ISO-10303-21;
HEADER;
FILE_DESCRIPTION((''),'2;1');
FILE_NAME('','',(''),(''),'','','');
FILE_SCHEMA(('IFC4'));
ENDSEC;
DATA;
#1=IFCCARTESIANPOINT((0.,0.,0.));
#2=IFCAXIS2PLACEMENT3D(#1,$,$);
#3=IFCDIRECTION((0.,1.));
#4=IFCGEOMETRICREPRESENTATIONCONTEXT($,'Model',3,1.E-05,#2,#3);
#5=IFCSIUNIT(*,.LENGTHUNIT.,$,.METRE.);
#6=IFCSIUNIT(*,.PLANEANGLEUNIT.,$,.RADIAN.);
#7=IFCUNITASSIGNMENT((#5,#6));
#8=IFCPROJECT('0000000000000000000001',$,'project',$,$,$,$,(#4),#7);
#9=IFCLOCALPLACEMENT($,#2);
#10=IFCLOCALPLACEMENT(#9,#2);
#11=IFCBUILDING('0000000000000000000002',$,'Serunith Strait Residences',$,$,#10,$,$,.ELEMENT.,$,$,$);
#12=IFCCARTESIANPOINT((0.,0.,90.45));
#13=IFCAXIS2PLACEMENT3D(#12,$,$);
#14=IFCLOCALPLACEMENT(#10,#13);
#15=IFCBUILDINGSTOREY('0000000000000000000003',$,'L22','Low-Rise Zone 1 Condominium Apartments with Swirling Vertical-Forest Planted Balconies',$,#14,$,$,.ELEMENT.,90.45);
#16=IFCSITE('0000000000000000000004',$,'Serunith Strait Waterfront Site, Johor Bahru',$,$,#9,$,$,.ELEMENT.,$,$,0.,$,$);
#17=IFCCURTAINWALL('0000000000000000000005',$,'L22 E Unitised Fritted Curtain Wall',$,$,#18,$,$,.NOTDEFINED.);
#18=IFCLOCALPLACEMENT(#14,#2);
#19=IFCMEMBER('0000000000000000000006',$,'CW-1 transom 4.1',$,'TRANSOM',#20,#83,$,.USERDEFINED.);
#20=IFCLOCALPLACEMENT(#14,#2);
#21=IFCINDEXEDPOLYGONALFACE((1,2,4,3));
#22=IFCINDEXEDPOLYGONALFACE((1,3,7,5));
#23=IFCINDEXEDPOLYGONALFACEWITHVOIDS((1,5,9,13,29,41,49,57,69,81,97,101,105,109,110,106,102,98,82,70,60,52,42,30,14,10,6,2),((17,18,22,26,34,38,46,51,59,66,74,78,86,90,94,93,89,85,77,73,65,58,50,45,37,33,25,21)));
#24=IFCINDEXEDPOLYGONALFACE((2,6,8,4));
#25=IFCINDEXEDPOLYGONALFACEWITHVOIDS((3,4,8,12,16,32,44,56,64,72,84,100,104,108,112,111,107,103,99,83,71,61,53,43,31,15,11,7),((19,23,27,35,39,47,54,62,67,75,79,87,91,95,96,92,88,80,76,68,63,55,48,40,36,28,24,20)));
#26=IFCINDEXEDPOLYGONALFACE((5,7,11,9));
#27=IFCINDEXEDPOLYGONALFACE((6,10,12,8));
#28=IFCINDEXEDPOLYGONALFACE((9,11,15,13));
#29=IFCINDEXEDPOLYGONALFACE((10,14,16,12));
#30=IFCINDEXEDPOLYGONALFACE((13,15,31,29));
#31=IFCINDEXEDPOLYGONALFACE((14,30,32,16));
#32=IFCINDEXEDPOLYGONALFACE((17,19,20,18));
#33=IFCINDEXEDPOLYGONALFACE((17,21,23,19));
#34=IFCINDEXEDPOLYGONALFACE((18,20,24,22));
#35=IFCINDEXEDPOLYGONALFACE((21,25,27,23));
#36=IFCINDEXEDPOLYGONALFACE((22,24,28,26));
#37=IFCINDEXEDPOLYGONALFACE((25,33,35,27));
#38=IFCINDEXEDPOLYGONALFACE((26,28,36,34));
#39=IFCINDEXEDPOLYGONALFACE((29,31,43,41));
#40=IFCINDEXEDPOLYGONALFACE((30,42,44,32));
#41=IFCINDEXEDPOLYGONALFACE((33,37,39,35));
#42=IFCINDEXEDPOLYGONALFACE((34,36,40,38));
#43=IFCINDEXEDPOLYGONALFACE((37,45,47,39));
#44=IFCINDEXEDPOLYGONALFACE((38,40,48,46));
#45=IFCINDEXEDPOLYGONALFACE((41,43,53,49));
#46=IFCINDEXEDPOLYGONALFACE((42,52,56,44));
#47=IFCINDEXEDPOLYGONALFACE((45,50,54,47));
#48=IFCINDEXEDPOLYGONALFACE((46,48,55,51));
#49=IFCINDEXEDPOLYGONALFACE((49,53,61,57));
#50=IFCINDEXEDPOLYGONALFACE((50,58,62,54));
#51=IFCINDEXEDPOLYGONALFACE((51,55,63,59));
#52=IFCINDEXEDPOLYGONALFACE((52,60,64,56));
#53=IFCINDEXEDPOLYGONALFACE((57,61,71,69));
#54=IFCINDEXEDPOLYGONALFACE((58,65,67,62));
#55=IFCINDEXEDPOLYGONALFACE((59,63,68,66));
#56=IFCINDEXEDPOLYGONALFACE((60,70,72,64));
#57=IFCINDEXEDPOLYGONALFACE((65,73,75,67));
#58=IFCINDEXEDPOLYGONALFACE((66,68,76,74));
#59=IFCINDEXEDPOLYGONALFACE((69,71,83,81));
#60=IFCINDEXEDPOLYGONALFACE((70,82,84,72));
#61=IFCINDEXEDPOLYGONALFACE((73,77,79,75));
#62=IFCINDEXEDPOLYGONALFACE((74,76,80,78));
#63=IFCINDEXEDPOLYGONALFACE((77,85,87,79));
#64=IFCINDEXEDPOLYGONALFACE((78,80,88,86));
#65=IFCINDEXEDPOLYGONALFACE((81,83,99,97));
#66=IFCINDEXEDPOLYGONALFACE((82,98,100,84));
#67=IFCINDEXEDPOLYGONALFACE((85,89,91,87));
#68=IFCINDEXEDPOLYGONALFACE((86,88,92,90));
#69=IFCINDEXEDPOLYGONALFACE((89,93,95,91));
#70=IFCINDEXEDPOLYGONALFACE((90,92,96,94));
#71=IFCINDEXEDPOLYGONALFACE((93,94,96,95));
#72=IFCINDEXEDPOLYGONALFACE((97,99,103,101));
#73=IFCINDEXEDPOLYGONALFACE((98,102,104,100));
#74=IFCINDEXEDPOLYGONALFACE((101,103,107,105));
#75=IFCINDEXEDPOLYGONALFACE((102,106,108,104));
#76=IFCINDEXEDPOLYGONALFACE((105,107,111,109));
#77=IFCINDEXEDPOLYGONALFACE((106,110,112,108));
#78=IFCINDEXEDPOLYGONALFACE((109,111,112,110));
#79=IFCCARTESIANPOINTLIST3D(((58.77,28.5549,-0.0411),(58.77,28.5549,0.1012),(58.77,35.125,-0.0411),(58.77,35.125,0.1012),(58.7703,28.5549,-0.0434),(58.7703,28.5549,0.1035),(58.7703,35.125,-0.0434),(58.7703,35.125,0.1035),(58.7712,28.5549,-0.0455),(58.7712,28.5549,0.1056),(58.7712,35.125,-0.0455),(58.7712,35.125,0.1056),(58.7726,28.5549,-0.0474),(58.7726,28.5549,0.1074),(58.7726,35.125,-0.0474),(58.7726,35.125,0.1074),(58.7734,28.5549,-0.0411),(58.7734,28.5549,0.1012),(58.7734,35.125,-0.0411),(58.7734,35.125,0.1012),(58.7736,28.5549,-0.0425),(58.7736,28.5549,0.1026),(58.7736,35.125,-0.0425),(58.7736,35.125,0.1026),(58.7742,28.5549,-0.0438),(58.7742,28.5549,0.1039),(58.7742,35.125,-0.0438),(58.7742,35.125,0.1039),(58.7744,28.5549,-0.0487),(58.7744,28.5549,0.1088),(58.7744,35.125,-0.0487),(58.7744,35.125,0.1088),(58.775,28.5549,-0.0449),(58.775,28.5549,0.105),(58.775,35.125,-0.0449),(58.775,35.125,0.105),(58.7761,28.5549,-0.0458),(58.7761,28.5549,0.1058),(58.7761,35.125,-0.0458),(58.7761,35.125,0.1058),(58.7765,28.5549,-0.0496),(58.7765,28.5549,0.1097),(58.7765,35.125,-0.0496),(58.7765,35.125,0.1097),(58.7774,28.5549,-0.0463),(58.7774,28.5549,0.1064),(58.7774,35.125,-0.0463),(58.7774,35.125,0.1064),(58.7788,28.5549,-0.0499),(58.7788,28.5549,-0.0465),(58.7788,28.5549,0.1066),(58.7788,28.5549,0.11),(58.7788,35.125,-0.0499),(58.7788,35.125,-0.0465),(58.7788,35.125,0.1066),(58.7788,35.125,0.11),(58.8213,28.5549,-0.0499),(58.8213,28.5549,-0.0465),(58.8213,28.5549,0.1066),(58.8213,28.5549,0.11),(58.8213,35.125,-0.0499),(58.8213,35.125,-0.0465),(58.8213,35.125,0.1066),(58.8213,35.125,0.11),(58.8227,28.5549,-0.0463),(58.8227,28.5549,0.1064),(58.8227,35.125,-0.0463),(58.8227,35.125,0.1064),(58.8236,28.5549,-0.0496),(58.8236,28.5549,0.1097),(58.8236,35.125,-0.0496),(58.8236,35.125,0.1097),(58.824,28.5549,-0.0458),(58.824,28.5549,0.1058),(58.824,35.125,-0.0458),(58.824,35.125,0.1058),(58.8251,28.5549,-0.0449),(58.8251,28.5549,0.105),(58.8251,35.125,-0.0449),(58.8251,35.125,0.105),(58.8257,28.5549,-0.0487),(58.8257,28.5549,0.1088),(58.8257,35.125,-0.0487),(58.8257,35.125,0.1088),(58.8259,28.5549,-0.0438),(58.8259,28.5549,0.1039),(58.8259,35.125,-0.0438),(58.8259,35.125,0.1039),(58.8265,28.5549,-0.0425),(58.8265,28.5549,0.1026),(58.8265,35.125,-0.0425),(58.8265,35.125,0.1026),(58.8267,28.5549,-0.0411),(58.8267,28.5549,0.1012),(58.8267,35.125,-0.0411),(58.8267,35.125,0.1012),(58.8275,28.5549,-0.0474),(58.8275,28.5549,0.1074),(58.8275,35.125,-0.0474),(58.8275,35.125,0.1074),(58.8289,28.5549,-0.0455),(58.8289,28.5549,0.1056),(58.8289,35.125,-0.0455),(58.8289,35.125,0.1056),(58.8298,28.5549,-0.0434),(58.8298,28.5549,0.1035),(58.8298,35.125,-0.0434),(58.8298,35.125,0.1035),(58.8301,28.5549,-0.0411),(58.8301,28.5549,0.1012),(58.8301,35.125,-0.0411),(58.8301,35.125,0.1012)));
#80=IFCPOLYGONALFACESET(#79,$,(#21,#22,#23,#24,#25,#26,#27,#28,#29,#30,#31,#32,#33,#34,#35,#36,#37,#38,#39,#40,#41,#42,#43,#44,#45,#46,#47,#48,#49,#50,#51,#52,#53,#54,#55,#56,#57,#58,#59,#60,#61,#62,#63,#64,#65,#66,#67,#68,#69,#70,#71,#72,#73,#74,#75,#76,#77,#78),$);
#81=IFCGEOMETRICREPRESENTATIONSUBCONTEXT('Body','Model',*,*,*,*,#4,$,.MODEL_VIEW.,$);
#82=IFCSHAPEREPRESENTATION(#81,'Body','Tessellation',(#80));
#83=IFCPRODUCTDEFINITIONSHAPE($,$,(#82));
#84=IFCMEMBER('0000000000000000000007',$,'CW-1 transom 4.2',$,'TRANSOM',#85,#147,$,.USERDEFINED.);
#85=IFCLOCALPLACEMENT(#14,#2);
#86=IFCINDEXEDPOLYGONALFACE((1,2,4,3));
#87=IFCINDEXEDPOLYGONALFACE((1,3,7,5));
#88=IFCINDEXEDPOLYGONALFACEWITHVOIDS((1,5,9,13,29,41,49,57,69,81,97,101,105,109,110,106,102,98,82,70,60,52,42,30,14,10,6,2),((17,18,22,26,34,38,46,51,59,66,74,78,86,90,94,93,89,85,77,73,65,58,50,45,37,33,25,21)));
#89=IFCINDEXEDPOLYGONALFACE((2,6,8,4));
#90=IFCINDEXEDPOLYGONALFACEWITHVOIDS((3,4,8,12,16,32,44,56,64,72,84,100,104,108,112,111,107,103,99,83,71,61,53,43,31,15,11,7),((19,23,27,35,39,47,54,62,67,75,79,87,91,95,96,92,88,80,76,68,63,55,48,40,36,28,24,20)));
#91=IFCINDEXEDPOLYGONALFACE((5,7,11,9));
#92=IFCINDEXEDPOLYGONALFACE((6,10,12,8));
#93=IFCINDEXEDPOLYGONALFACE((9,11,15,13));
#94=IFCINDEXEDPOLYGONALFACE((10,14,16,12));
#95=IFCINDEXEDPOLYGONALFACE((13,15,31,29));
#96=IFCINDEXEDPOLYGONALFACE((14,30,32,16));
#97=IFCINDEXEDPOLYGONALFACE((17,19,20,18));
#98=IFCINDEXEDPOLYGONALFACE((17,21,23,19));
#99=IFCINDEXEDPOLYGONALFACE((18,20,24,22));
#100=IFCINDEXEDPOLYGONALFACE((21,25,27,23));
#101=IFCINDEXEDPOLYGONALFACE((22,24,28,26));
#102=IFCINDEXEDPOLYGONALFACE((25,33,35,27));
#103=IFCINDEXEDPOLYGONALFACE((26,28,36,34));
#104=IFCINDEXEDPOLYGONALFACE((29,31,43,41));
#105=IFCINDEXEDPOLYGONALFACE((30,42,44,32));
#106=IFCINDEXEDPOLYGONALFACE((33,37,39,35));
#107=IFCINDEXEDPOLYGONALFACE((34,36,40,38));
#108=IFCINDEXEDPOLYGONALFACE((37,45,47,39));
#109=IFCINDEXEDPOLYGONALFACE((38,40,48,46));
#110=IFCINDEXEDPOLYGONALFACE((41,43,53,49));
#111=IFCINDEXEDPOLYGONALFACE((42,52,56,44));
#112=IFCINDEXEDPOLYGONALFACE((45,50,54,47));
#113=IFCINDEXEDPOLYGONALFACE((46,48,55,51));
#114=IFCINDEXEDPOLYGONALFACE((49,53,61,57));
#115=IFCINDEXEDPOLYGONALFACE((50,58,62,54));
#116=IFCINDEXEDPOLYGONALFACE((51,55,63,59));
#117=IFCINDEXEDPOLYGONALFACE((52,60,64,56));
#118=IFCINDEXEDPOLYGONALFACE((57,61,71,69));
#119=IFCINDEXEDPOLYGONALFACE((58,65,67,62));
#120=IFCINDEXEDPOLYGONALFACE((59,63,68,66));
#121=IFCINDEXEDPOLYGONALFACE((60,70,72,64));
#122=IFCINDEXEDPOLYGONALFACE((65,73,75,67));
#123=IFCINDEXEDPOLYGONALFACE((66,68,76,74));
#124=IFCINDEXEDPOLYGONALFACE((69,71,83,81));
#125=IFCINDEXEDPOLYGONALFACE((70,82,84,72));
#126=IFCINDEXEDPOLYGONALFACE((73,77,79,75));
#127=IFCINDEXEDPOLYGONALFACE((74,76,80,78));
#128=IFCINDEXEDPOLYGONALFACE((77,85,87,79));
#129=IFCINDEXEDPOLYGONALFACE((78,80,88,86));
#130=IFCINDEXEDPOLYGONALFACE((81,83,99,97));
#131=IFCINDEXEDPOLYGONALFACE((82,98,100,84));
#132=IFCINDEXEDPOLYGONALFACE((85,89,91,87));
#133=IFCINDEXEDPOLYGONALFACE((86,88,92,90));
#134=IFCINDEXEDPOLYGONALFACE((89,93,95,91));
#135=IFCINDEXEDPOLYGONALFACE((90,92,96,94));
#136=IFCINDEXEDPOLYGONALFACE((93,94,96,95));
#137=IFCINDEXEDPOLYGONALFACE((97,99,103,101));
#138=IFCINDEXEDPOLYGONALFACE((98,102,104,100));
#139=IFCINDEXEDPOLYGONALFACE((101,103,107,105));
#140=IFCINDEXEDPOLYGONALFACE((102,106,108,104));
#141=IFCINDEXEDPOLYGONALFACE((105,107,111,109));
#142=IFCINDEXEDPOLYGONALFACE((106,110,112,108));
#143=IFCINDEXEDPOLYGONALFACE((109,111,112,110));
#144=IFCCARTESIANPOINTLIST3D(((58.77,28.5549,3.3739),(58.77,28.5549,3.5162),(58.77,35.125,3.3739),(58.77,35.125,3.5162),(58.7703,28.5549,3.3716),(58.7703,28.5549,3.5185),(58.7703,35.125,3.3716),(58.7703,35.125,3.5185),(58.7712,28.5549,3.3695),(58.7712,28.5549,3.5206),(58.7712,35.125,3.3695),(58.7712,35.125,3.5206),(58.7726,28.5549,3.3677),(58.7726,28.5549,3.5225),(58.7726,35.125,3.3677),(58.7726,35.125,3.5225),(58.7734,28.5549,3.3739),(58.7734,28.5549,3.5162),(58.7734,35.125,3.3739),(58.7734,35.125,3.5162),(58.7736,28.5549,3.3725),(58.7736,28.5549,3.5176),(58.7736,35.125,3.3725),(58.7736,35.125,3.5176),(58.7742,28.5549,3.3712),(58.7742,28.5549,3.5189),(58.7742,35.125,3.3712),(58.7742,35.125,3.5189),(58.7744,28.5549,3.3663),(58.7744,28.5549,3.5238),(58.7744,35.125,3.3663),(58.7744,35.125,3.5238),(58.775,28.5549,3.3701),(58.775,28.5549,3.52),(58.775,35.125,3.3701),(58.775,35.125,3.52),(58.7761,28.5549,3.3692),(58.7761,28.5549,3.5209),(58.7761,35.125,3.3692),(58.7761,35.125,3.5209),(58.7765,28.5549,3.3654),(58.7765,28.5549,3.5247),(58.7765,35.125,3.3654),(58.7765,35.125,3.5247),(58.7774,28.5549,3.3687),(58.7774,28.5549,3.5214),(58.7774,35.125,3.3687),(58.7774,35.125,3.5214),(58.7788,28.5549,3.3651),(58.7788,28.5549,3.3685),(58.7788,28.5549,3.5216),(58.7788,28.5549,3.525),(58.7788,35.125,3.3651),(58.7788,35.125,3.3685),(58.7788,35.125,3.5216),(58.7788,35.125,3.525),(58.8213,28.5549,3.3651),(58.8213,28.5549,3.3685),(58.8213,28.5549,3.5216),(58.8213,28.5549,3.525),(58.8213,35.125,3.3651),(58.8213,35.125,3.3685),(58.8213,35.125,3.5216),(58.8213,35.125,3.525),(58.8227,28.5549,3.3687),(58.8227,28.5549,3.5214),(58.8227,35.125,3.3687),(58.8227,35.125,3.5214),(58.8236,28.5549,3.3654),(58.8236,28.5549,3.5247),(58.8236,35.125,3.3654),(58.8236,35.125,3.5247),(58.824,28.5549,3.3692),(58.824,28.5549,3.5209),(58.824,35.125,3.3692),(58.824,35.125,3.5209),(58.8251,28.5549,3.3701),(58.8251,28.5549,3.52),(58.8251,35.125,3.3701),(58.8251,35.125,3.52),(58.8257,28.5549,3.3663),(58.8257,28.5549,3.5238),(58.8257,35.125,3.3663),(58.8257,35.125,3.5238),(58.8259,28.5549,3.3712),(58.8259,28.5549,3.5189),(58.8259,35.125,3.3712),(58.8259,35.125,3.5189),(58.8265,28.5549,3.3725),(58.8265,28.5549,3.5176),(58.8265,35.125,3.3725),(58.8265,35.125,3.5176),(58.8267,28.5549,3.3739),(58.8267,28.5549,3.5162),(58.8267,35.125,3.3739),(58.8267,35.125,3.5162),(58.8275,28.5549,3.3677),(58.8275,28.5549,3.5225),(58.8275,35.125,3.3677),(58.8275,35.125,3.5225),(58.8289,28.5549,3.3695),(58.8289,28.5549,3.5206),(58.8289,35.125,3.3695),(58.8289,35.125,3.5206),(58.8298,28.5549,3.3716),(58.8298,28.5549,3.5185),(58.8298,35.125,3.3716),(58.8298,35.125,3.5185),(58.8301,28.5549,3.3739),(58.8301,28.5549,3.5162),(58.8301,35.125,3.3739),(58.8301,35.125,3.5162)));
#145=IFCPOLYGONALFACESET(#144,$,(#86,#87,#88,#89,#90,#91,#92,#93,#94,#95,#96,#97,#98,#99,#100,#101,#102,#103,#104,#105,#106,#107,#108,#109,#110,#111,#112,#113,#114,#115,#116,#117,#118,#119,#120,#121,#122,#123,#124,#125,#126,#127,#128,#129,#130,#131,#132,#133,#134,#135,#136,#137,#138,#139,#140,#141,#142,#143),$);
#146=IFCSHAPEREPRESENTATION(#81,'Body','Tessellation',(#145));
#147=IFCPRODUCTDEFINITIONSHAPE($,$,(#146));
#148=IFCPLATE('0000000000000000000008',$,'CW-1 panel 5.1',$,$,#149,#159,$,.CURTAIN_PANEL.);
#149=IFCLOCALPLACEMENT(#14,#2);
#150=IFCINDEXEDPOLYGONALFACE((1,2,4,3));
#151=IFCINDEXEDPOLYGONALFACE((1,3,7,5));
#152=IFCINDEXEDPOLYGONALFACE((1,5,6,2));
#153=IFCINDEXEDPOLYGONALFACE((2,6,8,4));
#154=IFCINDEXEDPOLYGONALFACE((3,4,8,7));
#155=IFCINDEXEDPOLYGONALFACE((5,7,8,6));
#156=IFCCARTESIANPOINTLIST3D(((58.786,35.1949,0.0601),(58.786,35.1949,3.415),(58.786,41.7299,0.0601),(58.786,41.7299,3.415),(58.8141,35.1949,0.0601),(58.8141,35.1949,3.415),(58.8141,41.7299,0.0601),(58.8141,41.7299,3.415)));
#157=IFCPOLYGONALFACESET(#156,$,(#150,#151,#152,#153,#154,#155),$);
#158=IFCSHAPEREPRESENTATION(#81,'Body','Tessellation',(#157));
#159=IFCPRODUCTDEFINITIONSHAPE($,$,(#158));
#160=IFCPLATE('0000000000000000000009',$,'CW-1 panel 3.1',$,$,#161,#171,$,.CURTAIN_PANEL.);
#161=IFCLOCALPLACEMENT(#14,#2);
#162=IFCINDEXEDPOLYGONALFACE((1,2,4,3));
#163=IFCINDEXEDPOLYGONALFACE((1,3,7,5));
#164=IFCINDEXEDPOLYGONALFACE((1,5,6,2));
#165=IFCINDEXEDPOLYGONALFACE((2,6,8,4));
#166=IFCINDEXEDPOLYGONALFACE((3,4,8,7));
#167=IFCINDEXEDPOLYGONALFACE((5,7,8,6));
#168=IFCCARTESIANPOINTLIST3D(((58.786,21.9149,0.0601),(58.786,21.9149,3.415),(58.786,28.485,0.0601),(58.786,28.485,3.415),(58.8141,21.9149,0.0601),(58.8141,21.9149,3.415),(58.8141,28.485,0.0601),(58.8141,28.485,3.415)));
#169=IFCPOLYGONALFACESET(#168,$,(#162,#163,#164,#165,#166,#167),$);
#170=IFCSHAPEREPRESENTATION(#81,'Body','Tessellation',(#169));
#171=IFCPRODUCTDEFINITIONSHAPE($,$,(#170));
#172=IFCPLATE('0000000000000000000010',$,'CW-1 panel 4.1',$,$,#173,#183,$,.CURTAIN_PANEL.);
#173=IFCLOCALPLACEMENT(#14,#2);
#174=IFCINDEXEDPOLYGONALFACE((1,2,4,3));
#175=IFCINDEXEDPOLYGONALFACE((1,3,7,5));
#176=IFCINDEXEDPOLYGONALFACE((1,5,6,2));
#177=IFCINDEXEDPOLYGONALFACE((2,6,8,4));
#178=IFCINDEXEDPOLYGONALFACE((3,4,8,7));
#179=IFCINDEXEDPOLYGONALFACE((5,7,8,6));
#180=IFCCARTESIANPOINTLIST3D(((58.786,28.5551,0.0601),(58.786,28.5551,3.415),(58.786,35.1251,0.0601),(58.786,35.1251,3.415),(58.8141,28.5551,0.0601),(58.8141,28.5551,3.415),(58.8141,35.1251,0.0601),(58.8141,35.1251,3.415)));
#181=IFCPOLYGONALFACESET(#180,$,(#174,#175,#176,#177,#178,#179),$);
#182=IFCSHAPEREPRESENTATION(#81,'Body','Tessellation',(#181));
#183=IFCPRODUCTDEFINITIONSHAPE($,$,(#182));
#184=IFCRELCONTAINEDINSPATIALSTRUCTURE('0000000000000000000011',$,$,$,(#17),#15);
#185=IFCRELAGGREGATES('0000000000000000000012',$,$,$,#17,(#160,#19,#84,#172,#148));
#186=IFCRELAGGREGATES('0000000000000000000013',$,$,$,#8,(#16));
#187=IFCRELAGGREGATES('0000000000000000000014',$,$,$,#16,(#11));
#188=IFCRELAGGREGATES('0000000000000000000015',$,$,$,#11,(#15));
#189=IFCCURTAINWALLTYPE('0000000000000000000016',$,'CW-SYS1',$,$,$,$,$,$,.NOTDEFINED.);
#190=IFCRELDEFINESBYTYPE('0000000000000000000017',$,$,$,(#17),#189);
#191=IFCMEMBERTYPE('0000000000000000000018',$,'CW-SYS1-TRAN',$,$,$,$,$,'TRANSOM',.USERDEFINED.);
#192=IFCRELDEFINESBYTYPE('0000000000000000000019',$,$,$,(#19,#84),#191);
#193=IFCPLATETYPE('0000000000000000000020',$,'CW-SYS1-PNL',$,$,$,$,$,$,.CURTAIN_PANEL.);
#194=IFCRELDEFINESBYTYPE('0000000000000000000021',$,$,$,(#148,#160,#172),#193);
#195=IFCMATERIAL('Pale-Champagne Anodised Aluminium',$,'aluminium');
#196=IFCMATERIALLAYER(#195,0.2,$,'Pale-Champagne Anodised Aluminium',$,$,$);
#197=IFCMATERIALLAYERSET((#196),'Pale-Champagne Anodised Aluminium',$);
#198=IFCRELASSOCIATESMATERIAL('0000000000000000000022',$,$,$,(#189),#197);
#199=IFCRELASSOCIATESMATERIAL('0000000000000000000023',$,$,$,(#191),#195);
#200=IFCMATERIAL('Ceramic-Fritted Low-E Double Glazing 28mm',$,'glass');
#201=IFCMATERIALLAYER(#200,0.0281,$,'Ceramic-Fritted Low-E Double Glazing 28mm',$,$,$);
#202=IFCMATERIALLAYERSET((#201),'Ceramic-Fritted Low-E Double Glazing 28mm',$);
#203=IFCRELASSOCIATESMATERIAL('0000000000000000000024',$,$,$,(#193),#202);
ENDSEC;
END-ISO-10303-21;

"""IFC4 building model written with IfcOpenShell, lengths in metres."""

from ifc_helpers import new_model, si_unit, direction, frame, origin, origin_2d, place, context, subcontext, project, spatial, rectangle, hollow_rectangle, extrude, source, transform, mapped, material, layer, layer_set, material_profile, profile_set, type_object, element, aggregate, save


model = new_model("IFC4")

# Units and contexts
model_context = context("Model", 3, precision=1e-05, world=origin(), true_north=direction((0.0, 1.0)))
body_context = subcontext(model_context, "Body", "Model", "MODEL_VIEW")
ifc_project = project(units=[si_unit("LENGTHUNIT", "METRE"), si_unit("PLANEANGLEUNIT", "RADIAN")], contexts=[model_context])

# Site, building, storey
site_placement = place(None, origin())
site = spatial("IfcSite", under=ifc_project, at=site_placement, Name="Serunith Strait Waterfront Site, Johor Bahru", CompositionType="ELEMENT", RefElevation=0.0)
building_placement = place(site_placement, origin())
building = spatial("IfcBuilding", under=site, at=building_placement, Name="Serunith Strait Residences", CompositionType="ELEMENT")
storey_placement = place(building_placement, frame((0.0, 0.0, 90.45)))
storey = spatial("IfcBuildingStorey", under=building, at=storey_placement, Name="L22", Description="Low-Rise Zone 1 Condominium Apartments with Swirling Vertical-Forest Planted Balconies", CompositionType="ELEMENT", Elevation=90.45)

# Curtain wall, members, plates
ifc_material_1 = material(Name="Pale-Champagne Anodised Aluminium", Category="aluminium")
ifc_layer_1 = layer(ifc_material_1, 0.2, Name="Pale-Champagne Anodised Aluminium")
ifc_layer_set_1 = layer_set([ifc_layer_1], Name="Pale-Champagne Anodised Aluminium")
curtain_wall_type = type_object("IfcCurtainWallType", Name="CW-SYS1", PredefinedType="NOTDEFINED", material=ifc_layer_set_1)
curtain_wall_placement = place(storey_placement, origin())
curtain_wall = element("IfcCurtainWall", 1, at=curtain_wall_placement, inside=storey, type_object=curtain_wall_type, Name="L22 E Unitised Fritted Curtain Wall", PredefinedType="NOTDEFINED")
ifc_material_profile_1 = material_profile(ifc_material_1, hollow_rectangle(XDim=0.0601, YDim=0.1599, WallThickness=0.0034, InnerFilletRadius=0.0054, OuterFilletRadius=0.0088, at=origin_2d()), Name="ALU 160x60x3.5")
ifc_profile_set_1 = profile_set([ifc_material_profile_1], Name="Pale-Champagne Anodised Aluminium")
member_type_1 = type_object("IfcMemberType", Name="CW-SYS1-TRAN", ElementType="TRANSOM", PredefinedType="USERDEFINED", material=ifc_profile_set_1)
shared_shape_1 = source(origin(), body_context, "Body", "SweptSolid", [
    extrude(hollow_rectangle(XDim=0.0601, YDim=0.1599, WallThickness=0.0034, InnerFilletRadius=0.0054, OuterFilletRadius=0.0088, at=origin_2d()), origin(), (0.0, 0.0, 1.0), 6.5701),
])
member_1_placement = place(storey_placement, frame((58.8, 28.5549, 0.03), z_axis=(0.0, 1.0, 0.0), x_axis=(-1.0, 0.0, 0.0)))
member_1 = element("IfcMember", 2, at=member_1_placement, type_object=member_type_1, Name="CW-1 transom 4.1", ObjectType="TRANSOM", PredefinedType="USERDEFINED", context=body_context, shape_type="MappedRepresentation", body=[
    mapped(shared_shape_1, transform((0.0, 0.0, 0.0), scale=1.0)),
])
member_2_placement = place(storey_placement, frame((58.8, 28.5549, 3.4451), z_axis=(0.0, 1.0, 0.0), x_axis=(-1.0, 0.0, 0.0)))
member_2 = element("IfcMember", 3, at=member_2_placement, type_object=member_type_1, Name="CW-1 transom 4.2", ObjectType="TRANSOM", PredefinedType="USERDEFINED", context=body_context, shape_type="MappedRepresentation", body=[
    mapped(shared_shape_1, transform((0.0, 0.0, 0.0), scale=1.0)),
])
ifc_material_2 = material(Name="Ceramic-Fritted Low-E Double Glazing 28mm", Category="glass")
ifc_layer_2 = layer(ifc_material_2, 0.0281, Name="Ceramic-Fritted Low-E Double Glazing 28mm")
ifc_layer_set_2 = layer_set([ifc_layer_2], Name="Ceramic-Fritted Low-E Double Glazing 28mm")
plate_type = type_object("IfcPlateType", Name="CW-SYS1-PNL", PredefinedType="CURTAIN_PANEL", material=ifc_layer_set_2)
shared_shape_2 = source(origin(), body_context, "Body", "SweptSolid", [
    extrude(rectangle(XDim=6.5349, YDim=0.0281, at=origin_2d()), origin(), (0.0, 0.0, 1.0), 3.355),
])
plate_1_placement = place(storey_placement, frame((58.8, 38.4624, 0.0601), z_axis=(0.0, 0.0, 1.0), x_axis=(0.0, 1.0, 0.0)))
plate_1 = element("IfcPlate", 4, at=plate_1_placement, type_object=plate_type, Name="CW-1 panel 5.1", PredefinedType="CURTAIN_PANEL", context=body_context, shape_type="MappedRepresentation", body=[
    mapped(shared_shape_2, transform((0.0, 0.0, 0.0), scale=1.0)),
])
shared_shape_3 = source(origin(), body_context, "Body", "SweptSolid", [
    extrude(rectangle(XDim=6.5701, YDim=0.0281, at=origin_2d()), origin(), (0.0, 0.0, 1.0), 3.355),
])
plate_2_placement = place(storey_placement, frame((58.8, 25.2, 0.0601), z_axis=(0.0, 0.0, 1.0), x_axis=(0.0, 1.0, 0.0)))
plate_2 = element("IfcPlate", 5, at=plate_2_placement, type_object=plate_type, Name="CW-1 panel 3.1", PredefinedType="CURTAIN_PANEL", context=body_context, shape_type="MappedRepresentation", body=[
    mapped(shared_shape_3, transform((0.0, 0.0, 0.0), scale=1.0)),
])
plate_3_placement = place(storey_placement, frame((58.8, 31.8401, 0.0601), z_axis=(0.0, 0.0, 1.0), x_axis=(0.0, 1.0, 0.0)))
plate_3 = element("IfcPlate", 6, at=plate_3_placement, type_object=plate_type, Name="CW-1 panel 4.1", PredefinedType="CURTAIN_PANEL", context=body_context, shape_type="MappedRepresentation", body=[
    mapped(shared_shape_3, transform((0.0, 0.0, 0.0), scale=1.0)),
])
aggregate(curtain_wall, [plate_2, member_1, member_2, plate_3, plate_1])

save(model, "model.ifc")
